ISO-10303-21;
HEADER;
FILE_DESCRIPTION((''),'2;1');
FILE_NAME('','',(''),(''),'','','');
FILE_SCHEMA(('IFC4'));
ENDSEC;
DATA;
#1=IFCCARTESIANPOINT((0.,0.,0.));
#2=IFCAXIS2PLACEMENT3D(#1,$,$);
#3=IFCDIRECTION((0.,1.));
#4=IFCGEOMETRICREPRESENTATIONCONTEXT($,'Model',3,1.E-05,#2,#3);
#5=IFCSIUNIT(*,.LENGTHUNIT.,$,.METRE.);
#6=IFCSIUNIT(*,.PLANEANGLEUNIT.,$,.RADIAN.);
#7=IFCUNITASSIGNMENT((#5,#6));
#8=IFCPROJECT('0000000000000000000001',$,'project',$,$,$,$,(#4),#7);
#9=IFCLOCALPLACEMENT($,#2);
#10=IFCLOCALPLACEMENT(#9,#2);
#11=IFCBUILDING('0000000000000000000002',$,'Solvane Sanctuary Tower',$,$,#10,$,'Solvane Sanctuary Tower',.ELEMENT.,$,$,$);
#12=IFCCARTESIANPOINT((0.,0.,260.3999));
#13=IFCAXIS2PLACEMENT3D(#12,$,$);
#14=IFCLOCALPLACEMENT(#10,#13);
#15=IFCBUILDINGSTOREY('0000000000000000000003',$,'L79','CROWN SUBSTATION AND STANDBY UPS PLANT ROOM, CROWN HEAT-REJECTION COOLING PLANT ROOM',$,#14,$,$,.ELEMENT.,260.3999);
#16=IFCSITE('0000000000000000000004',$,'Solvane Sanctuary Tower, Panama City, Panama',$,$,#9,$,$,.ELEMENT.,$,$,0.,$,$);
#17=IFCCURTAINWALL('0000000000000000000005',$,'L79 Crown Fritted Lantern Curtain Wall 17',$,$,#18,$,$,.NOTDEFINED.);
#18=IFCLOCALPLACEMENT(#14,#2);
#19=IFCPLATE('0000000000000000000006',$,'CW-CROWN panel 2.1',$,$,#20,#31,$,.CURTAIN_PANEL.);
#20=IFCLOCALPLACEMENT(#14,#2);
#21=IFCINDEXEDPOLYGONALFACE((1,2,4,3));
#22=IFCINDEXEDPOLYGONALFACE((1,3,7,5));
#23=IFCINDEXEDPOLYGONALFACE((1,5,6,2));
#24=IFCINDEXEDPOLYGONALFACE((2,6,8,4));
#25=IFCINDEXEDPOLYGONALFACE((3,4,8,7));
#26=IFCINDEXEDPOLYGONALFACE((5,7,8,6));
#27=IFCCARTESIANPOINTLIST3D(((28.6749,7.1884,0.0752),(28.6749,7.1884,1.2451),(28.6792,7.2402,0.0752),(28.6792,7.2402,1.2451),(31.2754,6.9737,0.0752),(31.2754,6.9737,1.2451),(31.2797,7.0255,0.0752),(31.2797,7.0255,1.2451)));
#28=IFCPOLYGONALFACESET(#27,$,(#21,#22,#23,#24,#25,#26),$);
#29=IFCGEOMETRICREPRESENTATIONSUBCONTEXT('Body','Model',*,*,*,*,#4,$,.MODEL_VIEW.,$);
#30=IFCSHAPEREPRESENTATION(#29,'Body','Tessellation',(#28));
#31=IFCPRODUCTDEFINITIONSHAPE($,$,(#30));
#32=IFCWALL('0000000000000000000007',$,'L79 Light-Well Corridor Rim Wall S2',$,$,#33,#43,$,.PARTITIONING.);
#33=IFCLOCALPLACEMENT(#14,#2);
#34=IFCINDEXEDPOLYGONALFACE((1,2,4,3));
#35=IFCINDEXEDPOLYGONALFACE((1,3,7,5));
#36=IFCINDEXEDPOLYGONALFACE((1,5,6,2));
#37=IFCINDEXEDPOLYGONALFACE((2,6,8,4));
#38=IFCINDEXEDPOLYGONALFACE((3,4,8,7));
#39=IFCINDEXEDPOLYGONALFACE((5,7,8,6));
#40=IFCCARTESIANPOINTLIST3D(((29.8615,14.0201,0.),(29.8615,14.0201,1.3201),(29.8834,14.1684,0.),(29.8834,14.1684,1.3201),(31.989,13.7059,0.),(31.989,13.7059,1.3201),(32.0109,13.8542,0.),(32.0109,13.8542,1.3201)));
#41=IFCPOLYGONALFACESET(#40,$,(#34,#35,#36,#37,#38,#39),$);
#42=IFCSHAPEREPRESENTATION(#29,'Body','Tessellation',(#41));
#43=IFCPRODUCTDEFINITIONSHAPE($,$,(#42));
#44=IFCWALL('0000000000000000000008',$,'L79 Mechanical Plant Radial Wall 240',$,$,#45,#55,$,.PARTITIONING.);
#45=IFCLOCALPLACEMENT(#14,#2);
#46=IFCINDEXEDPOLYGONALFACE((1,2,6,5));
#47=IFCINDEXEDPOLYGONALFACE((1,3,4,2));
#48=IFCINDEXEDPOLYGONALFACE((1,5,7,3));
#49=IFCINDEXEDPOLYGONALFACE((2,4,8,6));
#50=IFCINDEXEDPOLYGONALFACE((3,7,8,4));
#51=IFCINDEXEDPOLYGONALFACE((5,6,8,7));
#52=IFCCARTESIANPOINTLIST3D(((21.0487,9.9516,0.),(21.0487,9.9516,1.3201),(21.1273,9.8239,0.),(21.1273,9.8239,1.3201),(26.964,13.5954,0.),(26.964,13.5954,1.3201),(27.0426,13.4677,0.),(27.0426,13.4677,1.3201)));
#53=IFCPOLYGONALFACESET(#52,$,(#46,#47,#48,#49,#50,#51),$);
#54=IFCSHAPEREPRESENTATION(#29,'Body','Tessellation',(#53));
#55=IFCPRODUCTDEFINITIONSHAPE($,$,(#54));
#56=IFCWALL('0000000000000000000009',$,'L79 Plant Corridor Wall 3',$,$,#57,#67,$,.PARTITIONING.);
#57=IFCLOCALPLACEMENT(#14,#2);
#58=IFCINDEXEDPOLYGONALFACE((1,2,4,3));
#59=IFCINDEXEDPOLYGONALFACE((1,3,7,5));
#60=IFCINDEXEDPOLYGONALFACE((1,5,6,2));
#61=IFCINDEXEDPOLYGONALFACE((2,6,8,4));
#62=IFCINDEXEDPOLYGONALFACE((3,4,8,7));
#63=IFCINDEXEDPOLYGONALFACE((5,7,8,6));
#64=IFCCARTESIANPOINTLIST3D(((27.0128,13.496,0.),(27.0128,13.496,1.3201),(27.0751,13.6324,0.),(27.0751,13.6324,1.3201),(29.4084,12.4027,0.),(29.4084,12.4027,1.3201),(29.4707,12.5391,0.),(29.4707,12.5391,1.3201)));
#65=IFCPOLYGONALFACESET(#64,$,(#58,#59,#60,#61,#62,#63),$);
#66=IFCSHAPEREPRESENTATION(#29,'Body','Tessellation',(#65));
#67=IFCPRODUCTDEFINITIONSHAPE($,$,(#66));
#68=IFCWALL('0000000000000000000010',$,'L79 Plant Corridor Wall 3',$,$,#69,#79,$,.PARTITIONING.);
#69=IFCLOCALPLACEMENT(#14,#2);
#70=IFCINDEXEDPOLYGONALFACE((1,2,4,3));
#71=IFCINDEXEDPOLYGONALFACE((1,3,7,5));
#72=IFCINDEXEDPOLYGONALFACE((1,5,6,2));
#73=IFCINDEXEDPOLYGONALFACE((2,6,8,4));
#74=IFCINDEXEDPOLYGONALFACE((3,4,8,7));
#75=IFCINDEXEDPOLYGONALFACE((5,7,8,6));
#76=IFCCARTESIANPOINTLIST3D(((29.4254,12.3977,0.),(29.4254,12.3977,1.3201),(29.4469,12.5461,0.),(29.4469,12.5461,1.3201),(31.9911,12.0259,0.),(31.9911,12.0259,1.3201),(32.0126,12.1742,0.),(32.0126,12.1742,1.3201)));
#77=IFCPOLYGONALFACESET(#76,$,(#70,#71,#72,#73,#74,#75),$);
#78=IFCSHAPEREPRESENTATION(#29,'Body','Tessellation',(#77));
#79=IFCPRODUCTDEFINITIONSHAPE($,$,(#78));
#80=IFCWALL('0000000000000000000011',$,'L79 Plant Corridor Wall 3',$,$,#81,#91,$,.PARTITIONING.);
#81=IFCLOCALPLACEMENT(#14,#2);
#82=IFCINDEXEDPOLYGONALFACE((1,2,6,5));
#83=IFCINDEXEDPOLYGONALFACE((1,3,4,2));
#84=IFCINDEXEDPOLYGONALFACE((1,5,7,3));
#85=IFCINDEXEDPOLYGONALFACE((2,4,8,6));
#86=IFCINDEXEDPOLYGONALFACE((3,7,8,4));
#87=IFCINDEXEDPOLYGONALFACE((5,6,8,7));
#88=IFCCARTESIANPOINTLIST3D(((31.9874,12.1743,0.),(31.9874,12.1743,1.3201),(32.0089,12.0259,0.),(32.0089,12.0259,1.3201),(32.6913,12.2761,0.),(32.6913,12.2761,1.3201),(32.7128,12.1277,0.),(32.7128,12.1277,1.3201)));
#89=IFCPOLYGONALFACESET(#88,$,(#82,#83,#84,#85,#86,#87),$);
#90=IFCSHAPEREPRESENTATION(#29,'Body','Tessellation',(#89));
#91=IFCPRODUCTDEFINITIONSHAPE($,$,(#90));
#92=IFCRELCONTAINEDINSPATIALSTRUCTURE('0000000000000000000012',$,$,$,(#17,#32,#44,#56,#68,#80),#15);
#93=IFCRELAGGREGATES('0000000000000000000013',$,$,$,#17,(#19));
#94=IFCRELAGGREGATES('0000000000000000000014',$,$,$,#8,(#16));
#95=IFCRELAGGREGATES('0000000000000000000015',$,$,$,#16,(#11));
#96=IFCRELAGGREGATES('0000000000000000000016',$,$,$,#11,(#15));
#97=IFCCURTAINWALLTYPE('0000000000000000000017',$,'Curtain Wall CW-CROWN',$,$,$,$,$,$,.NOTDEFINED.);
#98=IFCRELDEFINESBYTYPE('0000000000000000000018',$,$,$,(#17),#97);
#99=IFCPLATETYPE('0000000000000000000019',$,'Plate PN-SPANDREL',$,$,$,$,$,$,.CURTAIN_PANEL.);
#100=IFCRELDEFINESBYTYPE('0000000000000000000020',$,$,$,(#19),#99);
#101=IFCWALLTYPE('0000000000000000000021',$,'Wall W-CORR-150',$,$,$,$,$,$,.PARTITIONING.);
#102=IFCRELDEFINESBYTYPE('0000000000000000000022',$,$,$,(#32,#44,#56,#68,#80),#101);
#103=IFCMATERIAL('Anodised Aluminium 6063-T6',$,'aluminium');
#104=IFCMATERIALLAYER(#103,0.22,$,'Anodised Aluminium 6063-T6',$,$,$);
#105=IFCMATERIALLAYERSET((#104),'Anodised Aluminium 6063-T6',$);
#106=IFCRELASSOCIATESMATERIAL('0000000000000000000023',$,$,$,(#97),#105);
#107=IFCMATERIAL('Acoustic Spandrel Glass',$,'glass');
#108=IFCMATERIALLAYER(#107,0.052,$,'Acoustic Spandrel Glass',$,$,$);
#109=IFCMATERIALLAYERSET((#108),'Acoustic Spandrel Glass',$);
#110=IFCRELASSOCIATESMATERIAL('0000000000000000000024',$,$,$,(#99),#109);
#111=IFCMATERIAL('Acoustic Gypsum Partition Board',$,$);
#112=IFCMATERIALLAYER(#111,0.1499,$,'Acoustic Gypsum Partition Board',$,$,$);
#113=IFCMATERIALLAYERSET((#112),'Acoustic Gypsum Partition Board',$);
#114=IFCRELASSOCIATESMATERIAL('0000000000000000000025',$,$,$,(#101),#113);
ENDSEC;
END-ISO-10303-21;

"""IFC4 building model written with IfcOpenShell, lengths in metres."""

from ifc_helpers import new_model, si_unit, direction, frame, frame_2d, origin, origin_2d, place, context, subcontext, project, spatial, rectangle, extrude, material, layer, layer_set, type_object, element, aggregate, save


model = new_model("IFC4")

# Units and contexts
model_context = context("Model", 3, precision=1e-05, world=origin(), true_north=direction((0.0, 1.0)))
body_context = subcontext(model_context, "Body", "Model", "MODEL_VIEW")
ifc_project = project(units=[si_unit("LENGTHUNIT", "METRE"), si_unit("PLANEANGLEUNIT", "RADIAN")], contexts=[model_context])

# Site, building, storey
site_placement = place(None, origin())
site = spatial("IfcSite", under=ifc_project, at=site_placement, Name="Solvane Sanctuary Tower, Panama City, Panama", CompositionType="ELEMENT", RefElevation=0.0)
building_placement = place(site_placement, origin())
building = spatial("IfcBuilding", under=site, at=building_placement, Name="Solvane Sanctuary Tower", LongName="Solvane Sanctuary Tower", CompositionType="ELEMENT")
storey_placement = place(building_placement, frame((0.0, 0.0, 260.3999)))
storey = spatial("IfcBuildingStorey", under=building, at=storey_placement, Name="L79", Description="CROWN SUBSTATION AND STANDBY UPS PLANT ROOM, CROWN HEAT-REJECTION COOLING PLANT ROOM", CompositionType="ELEMENT", Elevation=260.3999)

# Shared definitions
ifc_material_1 = material(Name="Anodised Aluminium 6063-T6", Category="aluminium")
ifc_layer_1 = layer(ifc_material_1, 0.22, Name="Anodised Aluminium 6063-T6")
ifc_layer_set_1 = layer_set([ifc_layer_1], Name="Anodised Aluminium 6063-T6")
curtain_wall_type = type_object("IfcCurtainWallType", Name="Curtain Wall CW-CROWN", PredefinedType="NOTDEFINED", material=ifc_layer_set_1)

# Curtain wall
curtain_wall_1_placement = place(storey_placement, origin())
curtain_wall_1 = element("IfcCurtainWall", 1, at=curtain_wall_1_placement, inside=storey, type_object=curtain_wall_type, Name="L79 Crown Fritted Lantern Curtain Wall 17", PredefinedType="NOTDEFINED")

# Plate
ifc_material_2 = material(Name="Acoustic Spandrel Glass", Category="glass")
ifc_layer_2 = layer(ifc_material_2, 0.052, Name="Acoustic Spandrel Glass")
ifc_layer_set_2 = layer_set([ifc_layer_2], Name="Acoustic Spandrel Glass")
plate_type = type_object("IfcPlateType", Name="Plate PN-SPANDREL", PredefinedType="CURTAIN_PANEL", material=ifc_layer_set_2)
plate_1_placement = place(storey_placement, frame((29.9773, 7.1069, 0.0752), z_axis=(0.0, 0.0, 1.0), x_axis=(0.996609, -0.082279, 0.0)))
plate_1 = element("IfcPlate", 2, at=plate_1_placement, type_object=plate_type, Name="CW-CROWN panel 2.1", PredefinedType="CURTAIN_PANEL", context=body_context, shape_type="SweptSolid", body=[
    extrude(rectangle(XDim=2.6094, YDim=0.052, at=origin_2d()), origin(), (0.0, 0.0, 1.0), 1.1699),
])
aggregate(curtain_wall_1, [plate_1])

# Walls
ifc_material_3 = material(Name="Acoustic Gypsum Partition Board")
ifc_layer_3 = layer(ifc_material_3, 0.1499, Name="Acoustic Gypsum Partition Board")
ifc_layer_set_3 = layer_set([ifc_layer_3], Name="Acoustic Gypsum Partition Board")
wall_type = type_object("IfcWallType", Name="Wall W-CORR-150", PredefinedType="PARTITIONING", material=ifc_layer_set_3)
wall_1_placement = place(storey_placement, frame((29.8726, 14.0942, 0.0), z_axis=(0.0, 0.0, 1.0), x_axis=(0.989269, -0.146108, 0.0)))
element("IfcWall", 3, at=wall_1_placement, inside=storey, type_object=wall_type, Name="L79 Light-Well Corridor Rim Wall S2", PredefinedType="PARTITIONING", context=body_context, shape_type="SweptSolid", body=[
    extrude(rectangle(XDim=2.1506, YDim=0.1499, at=frame_2d((1.0752, 0.0))), origin(), (0.0, 0.0, 1.0), 1.3201),
])
wall_2_placement = place(storey_placement, frame((27.0032, 13.5315, 0.0), z_axis=(0.0, 0.0, 1.0), x_axis=(-0.851425, -0.524476, 0.0)))
element("IfcWall", 4, at=wall_2_placement, inside=storey, type_object=wall_type, Name="L79 Mechanical Plant Radial Wall 240", PredefinedType="PARTITIONING", context=body_context, shape_type="SweptSolid", body=[
    extrude(rectangle(XDim=6.9475, YDim=0.1499, at=frame_2d((3.4736, 0.0))), origin(), (0.0, 0.0, 1.0), 1.3201),
])
wall_3_placement = place(storey_placement, frame((27.0439, 13.5642, 0.0), z_axis=(0.0, 0.0, 1.0), x_axis=(0.909737, -0.415186, 0.0)))
element("IfcWall", 5, at=wall_3_placement, inside=storey, type_object=wall_type, Name="L79 Plant Corridor Wall 3", PredefinedType="PARTITIONING", context=body_context, shape_type="SweptSolid", body=[
    extrude(rectangle(XDim=2.6333, YDim=0.1499, at=frame_2d((1.3167, 0.0))), origin(), (0.0, 0.0, 1.0), 1.3201),
])
wall_4_placement = place(storey_placement, frame((29.436, 12.4719, 0.0), z_axis=(0.0, 0.0, 1.0), x_axis=(0.989661, -0.143425, 0.0)))
element("IfcWall", 6, at=wall_4_placement, inside=storey, type_object=wall_type, Name="L79 Plant Corridor Wall 3", PredefinedType="PARTITIONING", context=body_context, shape_type="SweptSolid", body=[
    extrude(rectangle(XDim=2.5925, YDim=0.1499, at=frame_2d((1.2964, 0.0))), origin(), (0.0, 0.0, 1.0), 1.3201),
])
wall_5_placement = place(storey_placement, frame((31.9983, 12.1001, 0.0), z_axis=(0.0, 0.0, 1.0), x_axis=(0.989701, 0.143151, 0.0)))
element("IfcWall", 7, at=wall_5_placement, inside=storey, type_object=wall_type, Name="L79 Plant Corridor Wall 3", PredefinedType="PARTITIONING", context=body_context, shape_type="SweptSolid", body=[
    extrude(rectangle(XDim=0.7112, YDim=0.1499, at=frame_2d((0.3555, 0.0))), origin(), (0.0, 0.0, 1.0), 1.3201),
])

save(model, "model.ifc")
